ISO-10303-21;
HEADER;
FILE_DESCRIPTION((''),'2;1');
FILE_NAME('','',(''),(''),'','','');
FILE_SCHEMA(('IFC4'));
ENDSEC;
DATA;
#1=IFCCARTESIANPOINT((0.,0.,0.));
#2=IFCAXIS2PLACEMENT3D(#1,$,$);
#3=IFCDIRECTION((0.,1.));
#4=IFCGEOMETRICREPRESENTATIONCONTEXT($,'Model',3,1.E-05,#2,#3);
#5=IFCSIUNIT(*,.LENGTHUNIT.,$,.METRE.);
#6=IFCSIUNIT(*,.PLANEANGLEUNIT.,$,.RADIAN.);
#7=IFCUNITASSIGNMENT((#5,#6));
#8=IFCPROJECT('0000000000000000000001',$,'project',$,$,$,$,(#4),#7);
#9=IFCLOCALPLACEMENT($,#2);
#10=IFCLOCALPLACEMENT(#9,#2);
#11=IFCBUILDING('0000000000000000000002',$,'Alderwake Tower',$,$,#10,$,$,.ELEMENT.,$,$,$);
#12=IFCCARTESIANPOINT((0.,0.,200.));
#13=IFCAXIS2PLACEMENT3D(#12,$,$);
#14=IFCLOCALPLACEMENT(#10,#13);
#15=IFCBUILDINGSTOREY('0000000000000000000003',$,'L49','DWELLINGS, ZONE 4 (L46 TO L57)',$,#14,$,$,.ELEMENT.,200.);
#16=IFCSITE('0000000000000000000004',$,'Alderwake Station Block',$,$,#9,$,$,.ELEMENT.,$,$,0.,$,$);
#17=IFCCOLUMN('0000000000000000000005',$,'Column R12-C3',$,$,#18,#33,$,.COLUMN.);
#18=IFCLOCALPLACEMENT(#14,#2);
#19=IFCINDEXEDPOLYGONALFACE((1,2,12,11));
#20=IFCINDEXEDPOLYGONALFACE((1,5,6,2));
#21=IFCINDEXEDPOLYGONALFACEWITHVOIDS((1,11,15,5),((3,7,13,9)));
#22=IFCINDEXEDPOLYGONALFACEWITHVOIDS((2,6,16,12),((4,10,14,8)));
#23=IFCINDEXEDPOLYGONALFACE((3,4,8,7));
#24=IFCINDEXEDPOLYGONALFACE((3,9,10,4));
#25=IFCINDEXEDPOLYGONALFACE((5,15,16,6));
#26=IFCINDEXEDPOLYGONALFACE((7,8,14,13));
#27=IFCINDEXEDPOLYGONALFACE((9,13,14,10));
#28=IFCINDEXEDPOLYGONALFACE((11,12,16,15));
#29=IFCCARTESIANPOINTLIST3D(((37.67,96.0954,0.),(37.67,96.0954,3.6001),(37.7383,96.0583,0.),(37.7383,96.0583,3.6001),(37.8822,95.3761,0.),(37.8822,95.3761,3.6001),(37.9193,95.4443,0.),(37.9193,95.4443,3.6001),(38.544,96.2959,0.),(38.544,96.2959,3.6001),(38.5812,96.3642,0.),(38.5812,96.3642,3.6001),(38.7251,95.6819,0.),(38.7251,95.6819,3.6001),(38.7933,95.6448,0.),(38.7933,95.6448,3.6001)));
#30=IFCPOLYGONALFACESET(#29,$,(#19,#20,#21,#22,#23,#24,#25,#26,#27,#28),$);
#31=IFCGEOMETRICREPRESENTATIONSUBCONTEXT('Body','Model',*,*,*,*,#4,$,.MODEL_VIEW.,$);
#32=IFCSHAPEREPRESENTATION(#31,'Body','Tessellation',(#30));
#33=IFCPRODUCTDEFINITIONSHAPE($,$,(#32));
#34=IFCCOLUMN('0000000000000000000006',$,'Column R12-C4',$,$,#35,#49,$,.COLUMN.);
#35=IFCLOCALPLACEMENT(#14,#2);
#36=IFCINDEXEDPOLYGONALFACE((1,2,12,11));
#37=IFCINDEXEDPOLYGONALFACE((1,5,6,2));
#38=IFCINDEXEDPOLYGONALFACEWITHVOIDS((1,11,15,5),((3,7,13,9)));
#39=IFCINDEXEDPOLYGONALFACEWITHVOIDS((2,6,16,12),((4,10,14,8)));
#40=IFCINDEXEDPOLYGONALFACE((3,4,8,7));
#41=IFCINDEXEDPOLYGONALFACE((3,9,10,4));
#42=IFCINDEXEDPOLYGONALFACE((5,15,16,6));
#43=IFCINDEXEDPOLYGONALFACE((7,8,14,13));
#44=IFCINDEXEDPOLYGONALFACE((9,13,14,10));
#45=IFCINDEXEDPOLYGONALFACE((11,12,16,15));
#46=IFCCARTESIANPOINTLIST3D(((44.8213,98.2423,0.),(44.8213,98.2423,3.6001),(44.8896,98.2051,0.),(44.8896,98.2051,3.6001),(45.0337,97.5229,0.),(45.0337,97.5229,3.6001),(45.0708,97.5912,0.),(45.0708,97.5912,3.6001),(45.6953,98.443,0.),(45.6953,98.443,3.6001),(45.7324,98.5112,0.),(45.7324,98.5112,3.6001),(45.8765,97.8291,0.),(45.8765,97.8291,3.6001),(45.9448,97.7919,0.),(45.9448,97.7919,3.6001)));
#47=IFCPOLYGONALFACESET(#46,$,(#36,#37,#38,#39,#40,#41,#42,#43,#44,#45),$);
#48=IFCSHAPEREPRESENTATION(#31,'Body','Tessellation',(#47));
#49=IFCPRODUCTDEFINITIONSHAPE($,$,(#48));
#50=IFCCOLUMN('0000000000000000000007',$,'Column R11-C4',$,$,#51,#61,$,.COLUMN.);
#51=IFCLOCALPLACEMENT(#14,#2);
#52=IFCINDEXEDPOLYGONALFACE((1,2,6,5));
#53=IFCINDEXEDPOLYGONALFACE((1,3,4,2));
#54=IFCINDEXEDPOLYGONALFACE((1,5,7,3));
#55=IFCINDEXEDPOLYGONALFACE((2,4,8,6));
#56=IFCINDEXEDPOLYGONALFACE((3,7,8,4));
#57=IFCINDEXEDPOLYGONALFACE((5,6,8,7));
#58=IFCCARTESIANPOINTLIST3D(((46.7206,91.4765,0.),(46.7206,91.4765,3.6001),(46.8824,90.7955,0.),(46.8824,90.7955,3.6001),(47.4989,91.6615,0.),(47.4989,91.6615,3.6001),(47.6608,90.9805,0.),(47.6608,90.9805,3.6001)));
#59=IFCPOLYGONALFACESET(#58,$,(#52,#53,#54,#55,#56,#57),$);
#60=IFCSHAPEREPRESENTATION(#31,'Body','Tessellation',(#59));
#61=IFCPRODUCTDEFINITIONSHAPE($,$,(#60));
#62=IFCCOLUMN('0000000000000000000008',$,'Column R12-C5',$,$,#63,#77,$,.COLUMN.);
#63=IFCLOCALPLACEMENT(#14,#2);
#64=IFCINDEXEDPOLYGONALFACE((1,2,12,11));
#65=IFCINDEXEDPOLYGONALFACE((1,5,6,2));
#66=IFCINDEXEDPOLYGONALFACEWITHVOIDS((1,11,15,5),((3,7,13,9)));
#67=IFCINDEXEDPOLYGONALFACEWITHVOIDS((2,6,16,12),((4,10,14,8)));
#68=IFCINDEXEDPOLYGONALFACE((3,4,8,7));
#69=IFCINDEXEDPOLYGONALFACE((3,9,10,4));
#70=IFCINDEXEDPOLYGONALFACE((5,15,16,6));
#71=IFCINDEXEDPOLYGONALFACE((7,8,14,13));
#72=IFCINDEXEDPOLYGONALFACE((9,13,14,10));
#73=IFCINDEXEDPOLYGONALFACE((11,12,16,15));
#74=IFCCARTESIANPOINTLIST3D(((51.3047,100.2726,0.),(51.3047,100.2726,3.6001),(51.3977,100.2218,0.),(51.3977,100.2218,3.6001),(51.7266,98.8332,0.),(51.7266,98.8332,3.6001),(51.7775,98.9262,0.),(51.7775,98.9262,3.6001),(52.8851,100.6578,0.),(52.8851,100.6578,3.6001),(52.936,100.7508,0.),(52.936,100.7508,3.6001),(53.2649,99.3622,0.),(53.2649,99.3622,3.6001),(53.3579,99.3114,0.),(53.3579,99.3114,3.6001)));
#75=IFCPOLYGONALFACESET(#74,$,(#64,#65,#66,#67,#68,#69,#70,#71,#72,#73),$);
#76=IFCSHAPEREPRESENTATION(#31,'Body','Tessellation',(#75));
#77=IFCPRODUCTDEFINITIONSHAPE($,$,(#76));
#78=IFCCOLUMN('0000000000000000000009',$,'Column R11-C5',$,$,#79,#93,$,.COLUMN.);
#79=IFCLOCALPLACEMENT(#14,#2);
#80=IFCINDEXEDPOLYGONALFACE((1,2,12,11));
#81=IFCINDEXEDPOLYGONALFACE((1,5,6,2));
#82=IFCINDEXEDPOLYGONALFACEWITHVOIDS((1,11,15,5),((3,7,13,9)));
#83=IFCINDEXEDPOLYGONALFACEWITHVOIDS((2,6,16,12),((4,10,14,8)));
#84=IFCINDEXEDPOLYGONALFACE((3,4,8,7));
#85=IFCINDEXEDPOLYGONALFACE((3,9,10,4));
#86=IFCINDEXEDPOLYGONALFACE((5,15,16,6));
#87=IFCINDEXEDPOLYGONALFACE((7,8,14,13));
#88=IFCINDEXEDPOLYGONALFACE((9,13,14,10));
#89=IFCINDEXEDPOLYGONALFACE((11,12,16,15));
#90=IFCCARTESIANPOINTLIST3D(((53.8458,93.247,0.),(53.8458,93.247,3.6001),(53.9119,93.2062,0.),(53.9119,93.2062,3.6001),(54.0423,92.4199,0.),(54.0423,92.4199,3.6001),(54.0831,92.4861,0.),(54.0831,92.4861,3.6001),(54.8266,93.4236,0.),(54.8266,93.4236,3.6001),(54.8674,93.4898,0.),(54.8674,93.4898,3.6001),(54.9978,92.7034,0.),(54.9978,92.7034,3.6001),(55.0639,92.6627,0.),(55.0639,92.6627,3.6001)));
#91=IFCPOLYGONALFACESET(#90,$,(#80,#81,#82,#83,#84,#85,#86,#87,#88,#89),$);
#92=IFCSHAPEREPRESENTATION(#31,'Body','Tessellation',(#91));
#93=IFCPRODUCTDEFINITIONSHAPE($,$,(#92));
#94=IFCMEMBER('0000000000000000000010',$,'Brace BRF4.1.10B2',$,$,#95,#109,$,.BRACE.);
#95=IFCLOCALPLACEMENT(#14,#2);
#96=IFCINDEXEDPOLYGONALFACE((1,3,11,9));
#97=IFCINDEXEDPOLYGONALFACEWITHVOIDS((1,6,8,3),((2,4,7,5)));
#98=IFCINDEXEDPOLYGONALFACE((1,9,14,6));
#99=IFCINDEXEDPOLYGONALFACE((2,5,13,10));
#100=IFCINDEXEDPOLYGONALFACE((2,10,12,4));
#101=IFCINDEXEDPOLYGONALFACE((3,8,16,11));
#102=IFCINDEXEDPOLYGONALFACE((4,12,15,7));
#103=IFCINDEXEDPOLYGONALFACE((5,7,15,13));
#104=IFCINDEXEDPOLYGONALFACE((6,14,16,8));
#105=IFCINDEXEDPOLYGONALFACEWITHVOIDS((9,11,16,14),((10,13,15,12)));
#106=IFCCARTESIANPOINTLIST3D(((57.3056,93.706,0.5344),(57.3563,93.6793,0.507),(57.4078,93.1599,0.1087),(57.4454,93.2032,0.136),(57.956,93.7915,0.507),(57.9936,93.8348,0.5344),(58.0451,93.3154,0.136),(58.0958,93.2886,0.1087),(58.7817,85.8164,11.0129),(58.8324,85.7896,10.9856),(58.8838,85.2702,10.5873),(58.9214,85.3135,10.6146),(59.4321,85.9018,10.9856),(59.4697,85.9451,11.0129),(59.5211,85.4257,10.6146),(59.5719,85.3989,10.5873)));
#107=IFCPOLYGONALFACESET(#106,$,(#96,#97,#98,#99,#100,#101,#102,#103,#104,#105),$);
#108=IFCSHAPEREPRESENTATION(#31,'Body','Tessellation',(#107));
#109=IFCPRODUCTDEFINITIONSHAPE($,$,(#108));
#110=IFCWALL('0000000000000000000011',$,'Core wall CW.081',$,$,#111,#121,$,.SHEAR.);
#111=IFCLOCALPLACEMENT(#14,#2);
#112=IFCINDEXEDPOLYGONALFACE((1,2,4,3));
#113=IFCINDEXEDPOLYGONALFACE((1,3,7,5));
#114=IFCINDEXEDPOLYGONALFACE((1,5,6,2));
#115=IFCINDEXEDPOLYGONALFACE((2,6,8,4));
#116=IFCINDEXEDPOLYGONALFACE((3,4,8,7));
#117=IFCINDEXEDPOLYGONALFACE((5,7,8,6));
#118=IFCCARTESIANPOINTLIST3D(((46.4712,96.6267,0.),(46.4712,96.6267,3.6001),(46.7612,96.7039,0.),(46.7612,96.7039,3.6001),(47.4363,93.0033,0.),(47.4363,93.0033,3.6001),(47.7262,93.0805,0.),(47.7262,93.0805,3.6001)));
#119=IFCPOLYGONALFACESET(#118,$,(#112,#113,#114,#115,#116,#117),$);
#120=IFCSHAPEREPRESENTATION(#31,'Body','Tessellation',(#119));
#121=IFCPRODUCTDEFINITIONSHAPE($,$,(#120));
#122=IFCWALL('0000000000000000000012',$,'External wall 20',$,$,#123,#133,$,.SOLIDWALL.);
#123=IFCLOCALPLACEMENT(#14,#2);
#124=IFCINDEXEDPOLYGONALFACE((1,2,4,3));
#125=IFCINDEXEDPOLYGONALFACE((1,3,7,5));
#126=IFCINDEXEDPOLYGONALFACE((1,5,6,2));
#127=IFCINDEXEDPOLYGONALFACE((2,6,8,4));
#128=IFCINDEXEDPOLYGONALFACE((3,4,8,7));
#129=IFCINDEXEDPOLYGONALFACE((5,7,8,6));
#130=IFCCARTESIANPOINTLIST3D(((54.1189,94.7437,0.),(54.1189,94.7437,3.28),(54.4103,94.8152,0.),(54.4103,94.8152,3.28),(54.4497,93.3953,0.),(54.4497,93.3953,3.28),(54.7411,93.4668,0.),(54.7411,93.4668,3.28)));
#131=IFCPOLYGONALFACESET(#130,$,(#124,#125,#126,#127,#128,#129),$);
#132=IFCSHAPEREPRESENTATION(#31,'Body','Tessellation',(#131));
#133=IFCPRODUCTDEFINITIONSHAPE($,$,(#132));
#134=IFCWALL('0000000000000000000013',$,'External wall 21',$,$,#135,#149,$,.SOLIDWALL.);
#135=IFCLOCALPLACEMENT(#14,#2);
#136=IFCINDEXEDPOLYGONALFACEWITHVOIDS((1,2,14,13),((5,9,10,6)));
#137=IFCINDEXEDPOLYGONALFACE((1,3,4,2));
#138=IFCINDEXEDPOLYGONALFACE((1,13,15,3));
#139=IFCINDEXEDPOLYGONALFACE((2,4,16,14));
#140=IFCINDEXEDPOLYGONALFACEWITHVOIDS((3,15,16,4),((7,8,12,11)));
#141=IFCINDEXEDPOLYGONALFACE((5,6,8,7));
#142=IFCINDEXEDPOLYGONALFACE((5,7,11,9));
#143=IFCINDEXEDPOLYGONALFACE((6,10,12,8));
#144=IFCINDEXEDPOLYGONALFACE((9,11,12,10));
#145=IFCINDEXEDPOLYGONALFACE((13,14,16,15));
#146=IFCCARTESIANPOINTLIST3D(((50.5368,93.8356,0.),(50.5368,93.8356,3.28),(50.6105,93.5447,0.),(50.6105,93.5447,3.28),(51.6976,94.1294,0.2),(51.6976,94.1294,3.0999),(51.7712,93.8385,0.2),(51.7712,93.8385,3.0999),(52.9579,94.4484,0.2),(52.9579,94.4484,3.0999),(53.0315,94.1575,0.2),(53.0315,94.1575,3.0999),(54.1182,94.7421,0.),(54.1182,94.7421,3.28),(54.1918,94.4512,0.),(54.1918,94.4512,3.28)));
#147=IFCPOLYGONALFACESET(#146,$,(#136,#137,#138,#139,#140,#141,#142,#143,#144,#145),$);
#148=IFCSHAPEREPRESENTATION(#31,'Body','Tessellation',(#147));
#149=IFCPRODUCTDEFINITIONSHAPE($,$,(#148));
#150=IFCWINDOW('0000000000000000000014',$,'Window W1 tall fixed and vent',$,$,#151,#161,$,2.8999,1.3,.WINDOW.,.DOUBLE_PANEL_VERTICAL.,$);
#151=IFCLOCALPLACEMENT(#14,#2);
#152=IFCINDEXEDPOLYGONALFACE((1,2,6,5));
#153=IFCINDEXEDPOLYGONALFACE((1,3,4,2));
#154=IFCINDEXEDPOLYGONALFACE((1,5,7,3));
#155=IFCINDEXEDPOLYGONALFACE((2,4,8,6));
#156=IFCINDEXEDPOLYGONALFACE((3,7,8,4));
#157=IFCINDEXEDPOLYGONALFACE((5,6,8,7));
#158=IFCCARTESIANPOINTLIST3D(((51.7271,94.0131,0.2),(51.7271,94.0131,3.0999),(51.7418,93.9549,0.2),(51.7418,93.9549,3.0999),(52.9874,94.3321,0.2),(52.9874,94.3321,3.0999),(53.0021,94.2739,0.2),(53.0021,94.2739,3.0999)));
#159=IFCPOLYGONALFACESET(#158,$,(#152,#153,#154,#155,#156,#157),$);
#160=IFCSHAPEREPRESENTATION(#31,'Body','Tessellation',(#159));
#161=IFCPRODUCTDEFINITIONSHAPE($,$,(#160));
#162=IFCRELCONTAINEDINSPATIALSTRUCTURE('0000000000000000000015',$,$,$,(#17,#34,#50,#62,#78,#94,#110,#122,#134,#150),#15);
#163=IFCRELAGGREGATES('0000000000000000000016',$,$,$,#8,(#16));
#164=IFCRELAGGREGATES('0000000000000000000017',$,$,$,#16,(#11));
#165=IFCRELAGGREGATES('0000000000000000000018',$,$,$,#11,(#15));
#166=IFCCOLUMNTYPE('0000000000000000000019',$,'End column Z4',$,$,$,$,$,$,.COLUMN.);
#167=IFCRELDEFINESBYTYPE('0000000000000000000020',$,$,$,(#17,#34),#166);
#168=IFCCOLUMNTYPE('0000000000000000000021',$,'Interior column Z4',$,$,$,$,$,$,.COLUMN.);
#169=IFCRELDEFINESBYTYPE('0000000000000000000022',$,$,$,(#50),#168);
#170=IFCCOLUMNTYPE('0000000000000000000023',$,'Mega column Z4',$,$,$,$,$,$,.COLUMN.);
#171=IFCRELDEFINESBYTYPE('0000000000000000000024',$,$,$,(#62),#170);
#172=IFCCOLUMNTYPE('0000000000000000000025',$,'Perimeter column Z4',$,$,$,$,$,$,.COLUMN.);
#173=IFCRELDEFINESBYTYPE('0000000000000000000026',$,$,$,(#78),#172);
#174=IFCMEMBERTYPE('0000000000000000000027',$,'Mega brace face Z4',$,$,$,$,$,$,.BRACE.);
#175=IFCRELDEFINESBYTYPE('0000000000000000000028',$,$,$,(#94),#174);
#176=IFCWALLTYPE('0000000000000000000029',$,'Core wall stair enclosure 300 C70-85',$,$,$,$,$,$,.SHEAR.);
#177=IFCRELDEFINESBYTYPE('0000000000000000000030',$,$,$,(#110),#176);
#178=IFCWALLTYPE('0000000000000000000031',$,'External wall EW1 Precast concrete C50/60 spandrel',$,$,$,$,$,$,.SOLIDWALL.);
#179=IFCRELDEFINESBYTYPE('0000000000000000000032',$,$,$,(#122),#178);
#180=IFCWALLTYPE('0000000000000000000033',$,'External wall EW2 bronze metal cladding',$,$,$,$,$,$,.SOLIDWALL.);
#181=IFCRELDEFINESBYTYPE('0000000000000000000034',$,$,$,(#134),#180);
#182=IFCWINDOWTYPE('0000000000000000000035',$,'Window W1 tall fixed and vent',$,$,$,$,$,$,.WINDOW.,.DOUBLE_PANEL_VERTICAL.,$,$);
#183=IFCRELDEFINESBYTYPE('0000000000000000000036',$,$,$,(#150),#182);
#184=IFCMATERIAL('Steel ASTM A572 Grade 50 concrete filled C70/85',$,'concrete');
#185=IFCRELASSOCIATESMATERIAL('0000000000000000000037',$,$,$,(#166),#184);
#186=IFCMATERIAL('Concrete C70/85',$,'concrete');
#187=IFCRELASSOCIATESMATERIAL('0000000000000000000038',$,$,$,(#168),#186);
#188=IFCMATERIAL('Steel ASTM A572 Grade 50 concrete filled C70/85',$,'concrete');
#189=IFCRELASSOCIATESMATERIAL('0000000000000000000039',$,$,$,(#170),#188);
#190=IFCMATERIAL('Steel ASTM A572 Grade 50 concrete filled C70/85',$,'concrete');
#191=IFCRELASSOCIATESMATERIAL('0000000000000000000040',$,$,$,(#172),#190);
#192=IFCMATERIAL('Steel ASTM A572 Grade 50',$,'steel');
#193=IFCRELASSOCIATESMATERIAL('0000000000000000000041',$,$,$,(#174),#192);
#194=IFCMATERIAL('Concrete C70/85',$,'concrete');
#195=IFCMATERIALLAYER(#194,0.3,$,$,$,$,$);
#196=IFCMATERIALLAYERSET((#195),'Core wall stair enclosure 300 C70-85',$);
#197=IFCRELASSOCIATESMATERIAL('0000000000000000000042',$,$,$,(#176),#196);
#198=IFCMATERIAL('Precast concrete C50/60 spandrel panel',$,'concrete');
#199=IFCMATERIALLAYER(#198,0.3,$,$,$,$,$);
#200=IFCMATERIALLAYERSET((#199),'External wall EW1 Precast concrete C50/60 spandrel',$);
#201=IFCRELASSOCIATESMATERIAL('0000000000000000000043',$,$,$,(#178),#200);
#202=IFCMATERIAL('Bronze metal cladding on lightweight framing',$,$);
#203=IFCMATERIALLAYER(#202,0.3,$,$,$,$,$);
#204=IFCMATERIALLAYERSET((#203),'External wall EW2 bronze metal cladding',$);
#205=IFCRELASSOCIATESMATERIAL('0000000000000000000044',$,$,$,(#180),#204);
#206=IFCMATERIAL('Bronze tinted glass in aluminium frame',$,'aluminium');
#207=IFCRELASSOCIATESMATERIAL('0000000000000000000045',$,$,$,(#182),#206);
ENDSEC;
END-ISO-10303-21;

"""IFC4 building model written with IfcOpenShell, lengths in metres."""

from ifc_helpers import new_model, si_unit, direction, frame, frame_2d, origin, origin_2d, place, context, subcontext, project, spatial, rectangle, hollow_rectangle, extrude, material, layer, layer_set, material_profile, profile_set, type_object, element, fill, save


model = new_model("IFC4")

# Units and contexts
model_context = context("Model", 3, precision=1e-05, world=origin(), true_north=direction((0.0, 1.0)))
body_context = subcontext(model_context, "Body", "Model", "MODEL_VIEW")
ifc_project = project(units=[si_unit("LENGTHUNIT", "METRE"), si_unit("PLANEANGLEUNIT", "RADIAN")], contexts=[model_context])

# Site, building, storey
site_placement = place(None, origin())
site = spatial("IfcSite", under=ifc_project, at=site_placement, Name="Alderwake Station Block", CompositionType="ELEMENT", RefElevation=0.0)
building_placement = place(site_placement, origin())
building = spatial("IfcBuilding", under=site, at=building_placement, Name="Alderwake Tower", CompositionType="ELEMENT")
storey_placement = place(building_placement, frame((0.0, 0.0, 200.0)))
storey = spatial("IfcBuildingStorey", under=building, at=storey_placement, Name="L49", Description="DWELLINGS, ZONE 4 (L46 TO L57)", CompositionType="ELEMENT", Elevation=200.0)

# Columns
ifc_material_1 = material(Name="Steel ASTM A572 Grade 50 concrete filled C70/85", Category="concrete")
ifc_material_profile_1 = material_profile(ifc_material_1, hollow_rectangle(XDim=0.75, YDim=0.95, WallThickness=0.0549, at=origin_2d()), Name="BOX 950X750X55")
ifc_profile_set_1 = profile_set([ifc_material_profile_1], Name="Steel ASTM A572 Grade 50 concrete filled C70/85")
column_type_1 = type_object("IfcColumnType", Name="End column Z4", PredefinedType="COLUMN", material=ifc_profile_set_1)
for number, where, z_axis, x_axis, name in (
    (1, (38.2317, 95.8701, 0.0), (0.0, 0.0, 1.0), (-0.282884, 0.959154, 0.0), "Column R12-C3"),
    (2, (45.3831, 98.0171, 0.0), (0.0, 0.0, 1.0), (-0.28315, 0.959076, 0.0), "Column R12-C4"),
):
    element("IfcColumn", number, at=place(storey_placement, frame(where, z_axis=z_axis, x_axis=x_axis)), inside=storey, type_object=column_type_1, Name=name, PredefinedType="COLUMN", context=body_context, shape_type="SweptSolid", body=[
        extrude(hollow_rectangle(XDim=0.75, YDim=0.95, WallThickness=0.0549, at=origin_2d()), origin(), (0.0, 0.0, 1.0), 3.6001),
    ])
ifc_material_2 = material(Name="Concrete C70/85", Category="concrete")
ifc_material_profile_2 = material_profile(ifc_material_2, rectangle(XDim=0.7, YDim=0.8, at=origin_2d()), Name="RC 800X700")
ifc_profile_set_2 = profile_set([ifc_material_profile_2], Name="Concrete C70/85")
column_type_2 = type_object("IfcColumnType", Name="Interior column Z4", PredefinedType="COLUMN", material=ifc_profile_set_2)
column_1_placement = place(storey_placement, frame((47.1907, 91.2285, 0.0), z_axis=(0.0, 0.0, 1.0), x_axis=(-0.231222, 0.972901, 0.0)))
element("IfcColumn", 3, at=column_1_placement, inside=storey, type_object=column_type_2, Name="Column R11-C4", PredefinedType="COLUMN", context=body_context, shape_type="SweptSolid", body=[
    extrude(rectangle(XDim=0.7, YDim=0.8, at=origin_2d()), origin(), (0.0, 0.0, 1.0), 3.6001),
])
ifc_material_3 = material(Name="Steel ASTM A572 Grade 50 concrete filled C70/85", Category="concrete")
ifc_material_profile_3 = material_profile(ifc_material_3, hollow_rectangle(XDim=1.5, YDim=1.7, WallThickness=0.075, at=origin_2d()), Name="BOX 1700X1500X75")
ifc_profile_set_3 = profile_set([ifc_material_profile_3], Name="Steel ASTM A572 Grade 50 concrete filled C70/85")
column_type_3 = type_object("IfcColumnType", Name="Mega column Z4", PredefinedType="COLUMN", material=ifc_profile_set_3)
column_2_placement = place(storey_placement, frame((52.3313, 99.792, 0.0), z_axis=(0.0, 0.0, 1.0), x_axis=(-0.281305, 0.959618, 0.0)))
element("IfcColumn", 4, at=column_2_placement, inside=storey, type_object=column_type_3, Name="Column R12-C5", PredefinedType="COLUMN", context=body_context, shape_type="SweptSolid", body=[
    extrude(hollow_rectangle(XDim=1.5, YDim=1.7, WallThickness=0.075, at=origin_2d()), origin(), (0.0, 0.0, 1.0), 3.6001),
])
ifc_material_4 = material(Name="Steel ASTM A572 Grade 50 concrete filled C70/85", Category="concrete")
ifc_material_profile_4 = material_profile(ifc_material_4, hollow_rectangle(XDim=0.8501, YDim=1.05, WallThickness=0.0549, at=origin_2d()), Name="BOX 1050X850X55")
ifc_profile_set_4 = profile_set([ifc_material_profile_4], Name="Steel ASTM A572 Grade 50 concrete filled C70/85")
column_type_4 = type_object("IfcColumnType", Name="Perimeter column Z4", PredefinedType="COLUMN", material=ifc_profile_set_4)
column_3_placement = place(storey_placement, frame((54.4548, 92.9548, 0.0), z_axis=(0.0, 0.0, 1.0), x_axis=(-0.231222, 0.972901, 0.0)))
element("IfcColumn", 5, at=column_3_placement, inside=storey, type_object=column_type_4, Name="Column R11-C5", PredefinedType="COLUMN", context=body_context, shape_type="SweptSolid", body=[
    extrude(hollow_rectangle(XDim=0.8501, YDim=1.05, WallThickness=0.0549, at=origin_2d()), origin(), (0.0, 0.0, 1.0), 3.6001),
])

# Member
ifc_material_5 = material(Name="Steel ASTM A572 Grade 50", Category="steel")
ifc_material_profile_5 = material_profile(ifc_material_5, hollow_rectangle(XDim=0.7, YDim=0.7, WallThickness=0.0449, at=origin_2d()), Name="BOX 700X700X45")
ifc_profile_set_5 = profile_set([ifc_material_profile_5], Name="Steel ASTM A572 Grade 50")
member_type = type_object("IfcMemberType", Name="Mega brace face Z4", PredefinedType="BRACE", material=ifc_profile_set_5)
member_placement = place(storey_placement, frame((57.7007, 93.4973, 0.3215), z_axis=(0.111829, -0.597727, 0.793862), x_axis=(0.982945, 0.183899, 0.0)))
element("IfcMember", 6, at=member_placement, inside=storey, type_object=member_type, Name="Brace BRF4.1.10B2", PredefinedType="BRACE", context=body_context, shape_type="SweptSolid", body=[
    extrude(hollow_rectangle(XDim=0.7, YDim=0.7, WallThickness=0.0449, at=origin_2d()), origin(), (0.0, 0.0, 1.0), 13.1995),
])

# Walls
ifc_material_6 = material(Name="Concrete C70/85", Category="concrete")
ifc_layer_1 = layer(ifc_material_6, 0.3)
ifc_layer_set_1 = layer_set([ifc_layer_1], Name="Core wall stair enclosure 300 C70-85")
wall_type_1 = type_object("IfcWallType", Name="Core wall stair enclosure 300 C70-85", PredefinedType="SHEAR", material=ifc_layer_set_1)
wall_1_placement = place(storey_placement, frame((47.5813, 93.0417, 0.0), z_axis=(0.0, 0.0, 1.0), x_axis=(-0.257367, 0.966314, 0.0)))
element("IfcWall", 7, at=wall_1_placement, inside=storey, type_object=wall_type_1, Name="Core wall CW.081", PredefinedType="SHEAR", context=body_context, shape_type="SweptSolid", body=[
    extrude(rectangle(XDim=3.7498, YDim=0.3, at=frame_2d((1.875, 0.0))), origin(), (0.0, 0.0, 1.0), 3.6001),
])
ifc_material_7 = material(Name="Precast concrete C50/60 spandrel panel", Category="concrete")
ifc_layer_2 = layer(ifc_material_7, 0.3)
ifc_layer_set_2 = layer_set([ifc_layer_2], Name="External wall EW1 Precast concrete C50/60 spandrel")
wall_type_2 = type_object("IfcWallType", Name="External wall EW1 Precast concrete C50/60 spandrel", PredefinedType="SOLIDWALL", material=ifc_layer_set_2)
wall_2_placement = place(storey_placement, frame((54.5955, 93.4309, 0.0), z_axis=(0.0, 0.0, 1.0), x_axis=(-0.238272, 0.971199, 0.0)))
element("IfcWall", 8, at=wall_2_placement, inside=storey, type_object=wall_type_2, Name="External wall 20", PredefinedType="SOLIDWALL", context=body_context, shape_type="SweptSolid", body=[
    extrude(rectangle(XDim=1.3884, YDim=0.3, at=frame_2d((0.6943, 0.0))), origin(), (0.0, 0.0, 1.0), 3.28),
])

# Wall, opening, window
ifc_material_8 = material(Name="Bronze metal cladding on lightweight framing")
ifc_layer_3 = layer(ifc_material_8, 0.3)
ifc_layer_set_3 = layer_set([ifc_layer_3], Name="External wall EW2 bronze metal cladding")
wall_type_3 = type_object("IfcWallType", Name="External wall EW2 bronze metal cladding", PredefinedType="SOLIDWALL", material=ifc_layer_set_3)
wall_3_placement = place(storey_placement, frame((54.155, 94.5967, 0.0), z_axis=(0.0, 0.0, 1.0), x_axis=(-0.969427, -0.24538, 0.0)))
wall_3 = element("IfcWall", 9, at=wall_3_placement, inside=storey, type_object=wall_type_3, Name="External wall 21", PredefinedType="SOLIDWALL", context=body_context, shape_type="SweptSolid", body=[
    extrude(rectangle(XDim=3.6943, YDim=0.3, at=frame_2d((1.8472, 0.0))), origin(), (0.0, 0.0, 1.0), 3.28),
])
opening_1_placement = place(wall_3_placement, frame((1.197, 0.0, 0.2)))
opening_1 = element("IfcOpeningElement", 10, at=opening_1_placement, cuts=wall_3, PredefinedType="OPENING", context=body_context, shape_type="SweptSolid", body=[
    extrude(rectangle(XDim=1.3, YDim=2.8999, at=frame_2d((0.6499, 1.45))), frame((0.0, 0.1599, 0.0), z_axis=(0.0, -1.0, 0.0), x_axis=(1.0, 0.0, 0.0)), (0.0, 0.0, 1.0), 0.3201),
])
ifc_material_9 = material(Name="Bronze tinted glass in aluminium frame", Category="aluminium")
window_type = type_object("IfcWindowType", Name="Window W1 tall fixed and vent", PartitioningType="DOUBLE_PANEL_VERTICAL", PredefinedType="WINDOW", material=ifc_material_9)
window_1_placement = place(opening_1_placement, origin())
window_1 = element("IfcWindow", 11, at=window_1_placement, inside=storey, type_object=window_type, Name="Window W1 tall fixed and vent", OverallHeight=2.8999, OverallWidth=1.3, PartitioningType="DOUBLE_PANEL_VERTICAL", PredefinedType="WINDOW", context=body_context, shape_type="SweptSolid", body=[
    extrude(rectangle(XDim=1.3, YDim=2.8999, at=frame_2d((0.6499, 1.45))), frame((0.0, 0.03, 0.0), z_axis=(0.0, -1.0, 0.0), x_axis=(1.0, 0.0, 0.0)), (0.0, 0.0, 1.0), 0.0601),
])
fill(opening_1, window_1)

save(model, "model.ifc")
